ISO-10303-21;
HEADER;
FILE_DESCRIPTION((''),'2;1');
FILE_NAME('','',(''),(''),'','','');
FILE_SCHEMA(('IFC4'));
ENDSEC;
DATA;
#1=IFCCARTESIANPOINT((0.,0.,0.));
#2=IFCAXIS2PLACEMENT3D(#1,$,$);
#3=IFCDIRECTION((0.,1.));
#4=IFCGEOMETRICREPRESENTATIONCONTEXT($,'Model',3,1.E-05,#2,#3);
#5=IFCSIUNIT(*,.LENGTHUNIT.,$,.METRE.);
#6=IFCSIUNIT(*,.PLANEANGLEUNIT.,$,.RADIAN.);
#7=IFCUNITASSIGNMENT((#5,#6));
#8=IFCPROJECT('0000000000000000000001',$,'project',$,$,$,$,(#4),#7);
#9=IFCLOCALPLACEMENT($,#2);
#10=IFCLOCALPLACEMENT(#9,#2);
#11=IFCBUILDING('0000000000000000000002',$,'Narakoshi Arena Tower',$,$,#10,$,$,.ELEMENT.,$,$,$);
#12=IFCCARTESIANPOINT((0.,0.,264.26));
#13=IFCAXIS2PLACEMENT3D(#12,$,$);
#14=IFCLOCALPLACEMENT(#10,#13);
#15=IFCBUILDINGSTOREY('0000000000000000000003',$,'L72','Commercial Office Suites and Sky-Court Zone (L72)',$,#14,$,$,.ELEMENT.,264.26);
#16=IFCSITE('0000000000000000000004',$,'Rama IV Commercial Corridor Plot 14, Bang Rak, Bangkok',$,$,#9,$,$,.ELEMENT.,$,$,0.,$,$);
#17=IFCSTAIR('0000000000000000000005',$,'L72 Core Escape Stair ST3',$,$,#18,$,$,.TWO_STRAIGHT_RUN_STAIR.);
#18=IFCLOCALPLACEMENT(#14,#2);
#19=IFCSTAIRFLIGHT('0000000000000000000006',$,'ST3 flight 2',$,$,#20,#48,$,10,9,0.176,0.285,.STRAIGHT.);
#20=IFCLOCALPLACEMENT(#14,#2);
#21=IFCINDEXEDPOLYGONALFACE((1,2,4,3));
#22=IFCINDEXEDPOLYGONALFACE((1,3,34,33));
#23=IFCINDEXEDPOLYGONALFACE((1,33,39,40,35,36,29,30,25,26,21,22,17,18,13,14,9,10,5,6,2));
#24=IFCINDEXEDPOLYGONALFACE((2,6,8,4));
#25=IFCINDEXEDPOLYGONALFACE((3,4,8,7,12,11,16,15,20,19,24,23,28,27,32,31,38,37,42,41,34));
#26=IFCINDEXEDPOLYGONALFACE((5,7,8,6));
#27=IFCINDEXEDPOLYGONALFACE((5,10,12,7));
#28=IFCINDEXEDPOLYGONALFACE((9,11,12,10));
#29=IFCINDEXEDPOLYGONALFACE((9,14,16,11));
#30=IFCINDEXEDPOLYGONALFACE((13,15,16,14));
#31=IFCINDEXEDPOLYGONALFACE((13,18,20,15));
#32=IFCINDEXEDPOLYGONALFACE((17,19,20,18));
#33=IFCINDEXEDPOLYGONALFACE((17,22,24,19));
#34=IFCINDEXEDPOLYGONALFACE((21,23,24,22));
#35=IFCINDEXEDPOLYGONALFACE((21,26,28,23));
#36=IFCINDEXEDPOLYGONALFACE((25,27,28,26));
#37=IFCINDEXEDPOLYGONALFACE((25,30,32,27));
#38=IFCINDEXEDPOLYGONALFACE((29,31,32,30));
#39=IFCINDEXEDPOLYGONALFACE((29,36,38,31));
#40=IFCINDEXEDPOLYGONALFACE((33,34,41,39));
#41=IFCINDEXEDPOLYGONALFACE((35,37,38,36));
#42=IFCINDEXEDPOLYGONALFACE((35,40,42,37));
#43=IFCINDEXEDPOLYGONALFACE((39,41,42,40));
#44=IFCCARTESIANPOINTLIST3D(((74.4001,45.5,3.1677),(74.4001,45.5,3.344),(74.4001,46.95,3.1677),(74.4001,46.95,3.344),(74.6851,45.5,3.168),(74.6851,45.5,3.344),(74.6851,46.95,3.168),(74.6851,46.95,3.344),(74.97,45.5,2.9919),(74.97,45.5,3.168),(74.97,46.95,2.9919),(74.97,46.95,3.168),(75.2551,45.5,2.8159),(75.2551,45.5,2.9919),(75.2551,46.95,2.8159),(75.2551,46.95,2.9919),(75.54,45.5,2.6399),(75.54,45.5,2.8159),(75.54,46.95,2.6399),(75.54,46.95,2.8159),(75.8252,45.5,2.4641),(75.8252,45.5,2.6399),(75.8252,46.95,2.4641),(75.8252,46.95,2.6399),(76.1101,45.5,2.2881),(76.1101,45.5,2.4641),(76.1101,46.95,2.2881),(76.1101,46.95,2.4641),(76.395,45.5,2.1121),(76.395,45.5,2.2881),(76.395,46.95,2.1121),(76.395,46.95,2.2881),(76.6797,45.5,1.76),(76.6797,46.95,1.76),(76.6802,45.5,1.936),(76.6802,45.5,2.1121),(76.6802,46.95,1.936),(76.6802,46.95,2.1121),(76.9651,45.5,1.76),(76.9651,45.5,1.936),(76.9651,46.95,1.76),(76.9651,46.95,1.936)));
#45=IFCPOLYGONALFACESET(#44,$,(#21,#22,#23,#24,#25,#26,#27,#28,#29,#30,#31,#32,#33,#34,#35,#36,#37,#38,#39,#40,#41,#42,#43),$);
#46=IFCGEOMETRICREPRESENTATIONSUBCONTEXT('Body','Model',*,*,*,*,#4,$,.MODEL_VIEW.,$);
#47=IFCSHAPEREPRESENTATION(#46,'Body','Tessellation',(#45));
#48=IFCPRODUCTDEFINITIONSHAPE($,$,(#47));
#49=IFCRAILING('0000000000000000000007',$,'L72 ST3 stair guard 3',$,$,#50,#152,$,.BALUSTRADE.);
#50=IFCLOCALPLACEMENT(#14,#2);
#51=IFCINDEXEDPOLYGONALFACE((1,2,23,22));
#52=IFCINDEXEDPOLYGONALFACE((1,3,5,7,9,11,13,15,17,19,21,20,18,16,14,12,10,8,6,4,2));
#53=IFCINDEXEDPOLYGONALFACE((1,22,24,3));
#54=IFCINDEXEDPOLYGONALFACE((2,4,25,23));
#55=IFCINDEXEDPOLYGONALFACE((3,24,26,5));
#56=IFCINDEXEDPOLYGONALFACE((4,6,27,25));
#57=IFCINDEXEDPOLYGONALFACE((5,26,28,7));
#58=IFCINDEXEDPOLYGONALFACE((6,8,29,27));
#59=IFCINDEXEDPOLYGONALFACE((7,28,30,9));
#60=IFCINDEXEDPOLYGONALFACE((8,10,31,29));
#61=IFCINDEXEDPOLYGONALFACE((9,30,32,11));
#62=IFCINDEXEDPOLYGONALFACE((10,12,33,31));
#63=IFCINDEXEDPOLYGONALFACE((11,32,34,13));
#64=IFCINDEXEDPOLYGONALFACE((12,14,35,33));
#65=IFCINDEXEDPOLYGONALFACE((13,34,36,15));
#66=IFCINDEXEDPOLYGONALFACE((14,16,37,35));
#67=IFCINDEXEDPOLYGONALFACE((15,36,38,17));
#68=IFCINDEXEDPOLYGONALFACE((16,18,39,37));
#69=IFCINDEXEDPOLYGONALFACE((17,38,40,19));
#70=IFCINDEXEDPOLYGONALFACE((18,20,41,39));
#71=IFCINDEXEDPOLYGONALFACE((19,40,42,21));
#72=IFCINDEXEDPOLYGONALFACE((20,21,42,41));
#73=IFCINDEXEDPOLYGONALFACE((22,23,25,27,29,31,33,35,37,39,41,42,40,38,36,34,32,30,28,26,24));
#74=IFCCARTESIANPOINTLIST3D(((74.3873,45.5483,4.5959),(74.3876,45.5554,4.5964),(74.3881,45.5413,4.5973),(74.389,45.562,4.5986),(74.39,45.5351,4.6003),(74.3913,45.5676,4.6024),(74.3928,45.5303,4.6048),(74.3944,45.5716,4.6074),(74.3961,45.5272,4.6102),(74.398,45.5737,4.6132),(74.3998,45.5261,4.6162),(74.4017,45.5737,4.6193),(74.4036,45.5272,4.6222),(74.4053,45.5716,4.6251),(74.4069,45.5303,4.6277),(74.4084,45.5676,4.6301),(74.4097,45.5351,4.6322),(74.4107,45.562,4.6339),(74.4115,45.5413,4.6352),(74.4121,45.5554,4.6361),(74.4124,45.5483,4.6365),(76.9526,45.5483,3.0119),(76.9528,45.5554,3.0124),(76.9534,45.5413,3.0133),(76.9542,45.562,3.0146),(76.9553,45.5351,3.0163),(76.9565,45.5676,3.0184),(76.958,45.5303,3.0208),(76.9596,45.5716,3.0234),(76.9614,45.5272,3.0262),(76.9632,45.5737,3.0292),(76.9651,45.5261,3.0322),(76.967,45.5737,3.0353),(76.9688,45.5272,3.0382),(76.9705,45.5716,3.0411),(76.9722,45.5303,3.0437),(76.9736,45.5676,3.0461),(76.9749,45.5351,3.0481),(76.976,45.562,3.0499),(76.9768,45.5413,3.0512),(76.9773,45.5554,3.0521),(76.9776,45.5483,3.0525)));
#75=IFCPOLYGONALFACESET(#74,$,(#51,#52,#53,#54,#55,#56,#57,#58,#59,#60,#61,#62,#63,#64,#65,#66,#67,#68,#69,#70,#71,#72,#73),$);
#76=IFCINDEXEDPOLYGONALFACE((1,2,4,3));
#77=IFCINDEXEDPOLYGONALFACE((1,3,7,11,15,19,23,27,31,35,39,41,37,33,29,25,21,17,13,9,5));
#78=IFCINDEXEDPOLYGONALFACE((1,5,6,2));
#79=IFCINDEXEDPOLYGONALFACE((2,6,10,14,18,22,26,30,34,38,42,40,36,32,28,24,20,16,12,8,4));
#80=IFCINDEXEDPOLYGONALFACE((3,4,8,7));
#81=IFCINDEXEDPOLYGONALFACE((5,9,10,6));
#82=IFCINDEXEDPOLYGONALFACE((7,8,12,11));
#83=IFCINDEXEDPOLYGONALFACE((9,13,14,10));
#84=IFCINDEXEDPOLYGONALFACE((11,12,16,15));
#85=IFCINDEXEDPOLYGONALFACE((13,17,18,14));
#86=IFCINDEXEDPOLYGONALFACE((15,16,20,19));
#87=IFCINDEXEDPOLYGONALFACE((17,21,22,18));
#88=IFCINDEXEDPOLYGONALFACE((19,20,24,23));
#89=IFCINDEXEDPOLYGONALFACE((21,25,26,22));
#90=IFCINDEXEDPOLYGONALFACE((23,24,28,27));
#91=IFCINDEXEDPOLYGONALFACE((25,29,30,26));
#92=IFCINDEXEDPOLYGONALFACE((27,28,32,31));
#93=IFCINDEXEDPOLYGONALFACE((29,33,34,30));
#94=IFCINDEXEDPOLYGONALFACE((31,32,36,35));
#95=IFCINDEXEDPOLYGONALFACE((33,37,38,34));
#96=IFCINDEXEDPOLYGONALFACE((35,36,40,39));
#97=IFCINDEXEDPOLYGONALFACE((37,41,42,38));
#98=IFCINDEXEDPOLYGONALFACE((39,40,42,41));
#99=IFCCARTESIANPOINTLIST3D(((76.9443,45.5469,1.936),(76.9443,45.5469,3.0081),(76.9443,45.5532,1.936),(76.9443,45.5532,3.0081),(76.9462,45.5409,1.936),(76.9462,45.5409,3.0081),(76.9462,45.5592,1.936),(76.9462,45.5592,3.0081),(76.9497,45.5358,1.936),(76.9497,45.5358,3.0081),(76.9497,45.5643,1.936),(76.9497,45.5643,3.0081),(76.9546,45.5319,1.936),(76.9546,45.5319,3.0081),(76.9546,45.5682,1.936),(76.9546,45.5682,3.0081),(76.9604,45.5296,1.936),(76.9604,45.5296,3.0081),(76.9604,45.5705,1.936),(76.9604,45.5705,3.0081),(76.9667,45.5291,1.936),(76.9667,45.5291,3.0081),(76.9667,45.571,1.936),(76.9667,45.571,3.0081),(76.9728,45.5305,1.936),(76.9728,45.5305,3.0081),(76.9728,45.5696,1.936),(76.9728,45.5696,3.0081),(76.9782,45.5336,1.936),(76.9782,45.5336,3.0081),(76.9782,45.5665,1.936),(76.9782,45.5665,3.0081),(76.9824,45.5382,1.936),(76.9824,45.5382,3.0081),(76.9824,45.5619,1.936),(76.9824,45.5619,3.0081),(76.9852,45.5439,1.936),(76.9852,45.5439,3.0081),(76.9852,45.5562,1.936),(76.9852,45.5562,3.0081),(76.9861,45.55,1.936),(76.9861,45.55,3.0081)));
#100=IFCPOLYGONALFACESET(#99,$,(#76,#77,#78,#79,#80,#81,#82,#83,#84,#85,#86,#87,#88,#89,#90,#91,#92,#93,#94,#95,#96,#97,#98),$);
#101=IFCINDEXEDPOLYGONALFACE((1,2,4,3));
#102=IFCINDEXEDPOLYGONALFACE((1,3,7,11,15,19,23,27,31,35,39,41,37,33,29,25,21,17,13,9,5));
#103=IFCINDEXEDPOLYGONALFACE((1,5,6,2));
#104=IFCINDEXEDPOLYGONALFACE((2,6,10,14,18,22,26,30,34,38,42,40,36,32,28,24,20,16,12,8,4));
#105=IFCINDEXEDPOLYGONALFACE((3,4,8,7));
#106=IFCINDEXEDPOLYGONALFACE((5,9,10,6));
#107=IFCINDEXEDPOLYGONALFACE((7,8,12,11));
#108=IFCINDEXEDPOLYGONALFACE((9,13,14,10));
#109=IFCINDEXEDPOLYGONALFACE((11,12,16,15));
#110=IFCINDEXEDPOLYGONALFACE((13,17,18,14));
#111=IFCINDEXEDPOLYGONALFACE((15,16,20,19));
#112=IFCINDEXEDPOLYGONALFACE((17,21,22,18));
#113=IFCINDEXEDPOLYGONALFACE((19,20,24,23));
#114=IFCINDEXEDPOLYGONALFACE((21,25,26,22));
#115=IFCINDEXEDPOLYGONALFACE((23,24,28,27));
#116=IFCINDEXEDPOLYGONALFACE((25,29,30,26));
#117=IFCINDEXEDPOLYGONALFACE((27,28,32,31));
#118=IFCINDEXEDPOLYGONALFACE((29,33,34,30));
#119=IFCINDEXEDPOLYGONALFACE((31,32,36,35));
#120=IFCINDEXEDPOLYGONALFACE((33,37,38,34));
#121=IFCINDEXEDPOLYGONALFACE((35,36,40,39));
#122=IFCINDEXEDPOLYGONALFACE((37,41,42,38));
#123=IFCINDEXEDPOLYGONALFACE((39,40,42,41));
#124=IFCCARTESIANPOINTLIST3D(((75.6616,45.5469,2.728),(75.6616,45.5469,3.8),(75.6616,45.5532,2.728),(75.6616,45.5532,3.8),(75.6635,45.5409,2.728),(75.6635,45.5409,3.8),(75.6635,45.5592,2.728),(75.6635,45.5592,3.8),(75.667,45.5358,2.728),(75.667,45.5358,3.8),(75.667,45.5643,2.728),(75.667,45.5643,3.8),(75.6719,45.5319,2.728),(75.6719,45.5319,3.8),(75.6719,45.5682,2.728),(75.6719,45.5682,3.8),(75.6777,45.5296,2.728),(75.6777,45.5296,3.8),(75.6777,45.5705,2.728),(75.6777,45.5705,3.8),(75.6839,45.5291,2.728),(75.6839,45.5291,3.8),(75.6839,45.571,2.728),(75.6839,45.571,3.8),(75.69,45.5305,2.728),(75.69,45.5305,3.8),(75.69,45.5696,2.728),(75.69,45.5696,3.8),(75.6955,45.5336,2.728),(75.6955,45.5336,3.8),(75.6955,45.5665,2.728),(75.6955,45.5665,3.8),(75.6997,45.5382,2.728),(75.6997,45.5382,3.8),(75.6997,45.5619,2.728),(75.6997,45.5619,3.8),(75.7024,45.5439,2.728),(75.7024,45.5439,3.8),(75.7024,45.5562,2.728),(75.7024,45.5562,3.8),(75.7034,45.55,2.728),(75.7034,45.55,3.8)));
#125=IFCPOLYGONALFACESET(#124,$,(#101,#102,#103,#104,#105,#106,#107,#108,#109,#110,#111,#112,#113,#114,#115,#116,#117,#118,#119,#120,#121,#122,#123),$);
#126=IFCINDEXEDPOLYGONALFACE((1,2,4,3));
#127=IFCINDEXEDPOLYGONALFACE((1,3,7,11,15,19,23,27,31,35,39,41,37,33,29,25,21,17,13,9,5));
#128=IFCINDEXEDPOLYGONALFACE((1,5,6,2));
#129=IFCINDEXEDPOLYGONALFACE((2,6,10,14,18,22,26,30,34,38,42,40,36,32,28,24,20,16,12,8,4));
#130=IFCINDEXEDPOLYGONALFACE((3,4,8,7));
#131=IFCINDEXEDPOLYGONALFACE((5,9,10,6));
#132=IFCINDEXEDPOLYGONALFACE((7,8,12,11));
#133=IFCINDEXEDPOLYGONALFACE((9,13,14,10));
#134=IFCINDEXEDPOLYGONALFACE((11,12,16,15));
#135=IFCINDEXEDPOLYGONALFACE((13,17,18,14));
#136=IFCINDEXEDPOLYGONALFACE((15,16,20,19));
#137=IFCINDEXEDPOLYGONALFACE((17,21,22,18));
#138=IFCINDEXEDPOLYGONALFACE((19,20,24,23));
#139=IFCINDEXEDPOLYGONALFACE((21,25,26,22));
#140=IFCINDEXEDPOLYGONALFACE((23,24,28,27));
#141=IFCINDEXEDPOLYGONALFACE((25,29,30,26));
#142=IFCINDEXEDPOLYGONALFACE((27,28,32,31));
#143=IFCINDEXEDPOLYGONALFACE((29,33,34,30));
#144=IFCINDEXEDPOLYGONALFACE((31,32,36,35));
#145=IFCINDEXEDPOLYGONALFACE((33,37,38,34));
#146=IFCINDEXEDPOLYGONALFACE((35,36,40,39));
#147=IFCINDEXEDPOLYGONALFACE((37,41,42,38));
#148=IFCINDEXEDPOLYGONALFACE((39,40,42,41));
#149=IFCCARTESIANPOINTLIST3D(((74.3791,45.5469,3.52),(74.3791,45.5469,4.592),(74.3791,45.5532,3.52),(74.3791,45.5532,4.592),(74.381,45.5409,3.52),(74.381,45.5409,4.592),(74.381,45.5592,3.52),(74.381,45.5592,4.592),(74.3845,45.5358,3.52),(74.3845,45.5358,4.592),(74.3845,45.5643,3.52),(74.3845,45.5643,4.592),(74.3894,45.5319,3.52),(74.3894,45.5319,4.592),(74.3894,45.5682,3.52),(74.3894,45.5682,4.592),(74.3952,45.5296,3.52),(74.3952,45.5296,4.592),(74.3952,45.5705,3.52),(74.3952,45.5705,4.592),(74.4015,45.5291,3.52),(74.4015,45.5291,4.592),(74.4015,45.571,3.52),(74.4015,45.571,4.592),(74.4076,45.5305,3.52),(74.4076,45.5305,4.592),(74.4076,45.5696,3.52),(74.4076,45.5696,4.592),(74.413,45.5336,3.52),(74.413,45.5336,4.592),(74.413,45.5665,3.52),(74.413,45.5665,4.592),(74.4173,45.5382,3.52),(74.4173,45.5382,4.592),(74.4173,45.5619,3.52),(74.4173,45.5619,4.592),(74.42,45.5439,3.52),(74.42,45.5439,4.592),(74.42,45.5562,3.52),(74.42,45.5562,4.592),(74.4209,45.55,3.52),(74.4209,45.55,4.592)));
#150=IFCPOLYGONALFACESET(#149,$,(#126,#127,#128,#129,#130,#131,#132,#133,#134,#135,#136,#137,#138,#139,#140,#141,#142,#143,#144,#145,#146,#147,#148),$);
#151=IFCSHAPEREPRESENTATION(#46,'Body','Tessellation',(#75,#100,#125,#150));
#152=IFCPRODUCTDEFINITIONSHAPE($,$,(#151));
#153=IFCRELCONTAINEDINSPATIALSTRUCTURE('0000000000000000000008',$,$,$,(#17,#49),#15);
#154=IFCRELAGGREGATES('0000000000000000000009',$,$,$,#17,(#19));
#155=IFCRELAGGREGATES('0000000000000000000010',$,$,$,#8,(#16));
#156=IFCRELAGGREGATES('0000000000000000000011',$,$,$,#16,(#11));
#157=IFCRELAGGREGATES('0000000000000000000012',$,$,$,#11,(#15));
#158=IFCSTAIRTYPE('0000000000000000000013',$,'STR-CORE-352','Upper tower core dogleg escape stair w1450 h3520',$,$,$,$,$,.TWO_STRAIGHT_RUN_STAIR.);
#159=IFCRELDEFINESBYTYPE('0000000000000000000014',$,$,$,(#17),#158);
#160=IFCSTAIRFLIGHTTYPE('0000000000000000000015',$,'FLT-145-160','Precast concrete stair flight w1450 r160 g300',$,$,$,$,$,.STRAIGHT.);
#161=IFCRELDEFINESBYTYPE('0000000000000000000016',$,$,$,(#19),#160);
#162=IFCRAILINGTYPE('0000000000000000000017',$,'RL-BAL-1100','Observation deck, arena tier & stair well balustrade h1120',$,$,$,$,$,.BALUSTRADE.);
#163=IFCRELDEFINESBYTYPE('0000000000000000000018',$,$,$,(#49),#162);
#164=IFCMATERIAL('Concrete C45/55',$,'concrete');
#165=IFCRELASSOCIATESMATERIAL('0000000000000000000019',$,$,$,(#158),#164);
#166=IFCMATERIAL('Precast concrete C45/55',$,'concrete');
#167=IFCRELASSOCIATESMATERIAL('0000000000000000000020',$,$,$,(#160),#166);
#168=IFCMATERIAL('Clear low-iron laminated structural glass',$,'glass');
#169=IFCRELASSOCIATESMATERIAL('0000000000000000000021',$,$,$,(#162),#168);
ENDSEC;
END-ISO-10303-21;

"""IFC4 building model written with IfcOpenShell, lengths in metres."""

from ifc_helpers import new_model, si_unit, direction, frame, origin, origin_2d, place, context, subcontext, project, spatial, polyline, circle, outline, extrude, material, type_object, element, aggregate, save


model = new_model("IFC4")

# Units and contexts
model_context = context("Model", 3, precision=1e-05, world=origin(), true_north=direction((0.0, 1.0)))
body_context = subcontext(model_context, "Body", "Model", "MODEL_VIEW")
ifc_project = project(units=[si_unit("LENGTHUNIT", "METRE"), si_unit("PLANEANGLEUNIT", "RADIAN")], contexts=[model_context])

# Site, building, storey
site_placement = place(None, origin())
site = spatial("IfcSite", under=ifc_project, at=site_placement, Name="Rama IV Commercial Corridor Plot 14, Bang Rak, Bangkok", CompositionType="ELEMENT", RefElevation=0.0)
building_placement = place(site_placement, origin())
building = spatial("IfcBuilding", under=site, at=building_placement, Name="Narakoshi Arena Tower", CompositionType="ELEMENT")
storey_placement = place(building_placement, frame((0.0, 0.0, 264.26)))
storey = spatial("IfcBuildingStorey", under=building, at=storey_placement, Name="L72", Description="Commercial Office Suites and Sky-Court Zone (L72)", CompositionType="ELEMENT", Elevation=264.26)

# Stair, stair flight
ifc_material_1 = material(Name="Concrete C45/55", Category="concrete")
stair_type = type_object("IfcStairType", Name="STR-CORE-352", Description="Upper tower core dogleg escape stair w1450 h3520", PredefinedType="TWO_STRAIGHT_RUN_STAIR", material=ifc_material_1)
stair_placement = place(storey_placement, origin())
stair = element("IfcStair", 1, at=stair_placement, inside=storey, type_object=stair_type, Name="L72 Core Escape Stair ST3", PredefinedType="TWO_STRAIGHT_RUN_STAIR")
ifc_material_2 = material(Name="Precast concrete C45/55", Category="concrete")
stair_flight_type = type_object("IfcStairFlightType", Name="FLT-145-160", Description="Precast concrete stair flight w1450 r160 g300", PredefinedType="STRAIGHT", material=ifc_material_2)
stair_flight_placement = place(storey_placement, frame((76.9651, 46.2251, 1.76), z_axis=(0.0, 0.0, 1.0), x_axis=(-1.0, 0.0, 0.0)))
stair_flight = element("IfcStairFlight", 2, at=stair_flight_placement, type_object=stair_flight_type, Name="ST3 flight 2", NumberOfRisers=10, NumberOfTreads=9, PredefinedType="STRAIGHT", RiserHeight=0.176, TreadLength=0.285, context=body_context, shape_type="SweptSolid", body=[
    extrude(outline(polyline([(0.0, 0.0), (0.0, 0.176), (0.2849, 0.176), (0.2849, 0.3521), (0.5701, 0.3521), (0.5701, 0.5281), (0.855, 0.5281), (0.855, 0.7041), (1.1399, 0.7041), (1.1399, 0.8799), (1.425, 0.8799), (1.425, 1.0559), (1.71, 1.0559), (1.71, 1.2319), (1.9951, 1.2319), (1.9951, 1.408), (2.28, 1.408), (2.28, 1.584), (2.5649, 1.584), (2.5649, 1.76), (2.5649, 1.4077), (0.2854, 0.0), (0.0, 0.0)])), frame((0.0, 0.7251, 0.0), z_axis=(0.0, -1.0, 0.0), x_axis=(1.0, 0.0, 0.0)), (0.0, 0.0, 1.0), 1.45),
])
aggregate(stair, [stair_flight])

# Railing
ifc_material_3 = material(Name="Clear low-iron laminated structural glass", Category="glass")
railing_type_1 = type_object("IfcRailingType", Name="RL-BAL-1100", Description="Observation deck, arena tier & stair well balustrade h1120", PredefinedType="BALUSTRADE", material=ifc_material_3)
railing_1_placement = place(storey_placement, frame((76.9651, 45.55, 1.936)))
element("IfcRailing", 3, at=railing_1_placement, inside=storey, type_object=railing_type_1, Name="L72 ST3 stair guard 3", PredefinedType="BALUSTRADE", context=body_context, shape_type="SweptSolid", body=[
    extrude(circle(Radius=0.0239, at=origin_2d()), frame((0.0, 0.0, 1.0962), z_axis=(-0.850857, 0.0, 0.525398), x_axis=(0.0, -1.0, 0.0)), (0.0, 0.0, 1.0), 3.0149),
    extrude(circle(Radius=0.021, at=origin_2d()), origin(), (0.0, 0.0, 1.0), 1.072),
    extrude(circle(Radius=0.021, at=origin_2d()), frame((-1.2827, 0.0, 0.792)), (0.0, 0.0, 1.0), 1.072),
    extrude(circle(Radius=0.021, at=origin_2d()), frame((-2.5652, 0.0, 1.584)), (0.0, 0.0, 1.0), 1.072),
])

save(model, "model.ifc")
